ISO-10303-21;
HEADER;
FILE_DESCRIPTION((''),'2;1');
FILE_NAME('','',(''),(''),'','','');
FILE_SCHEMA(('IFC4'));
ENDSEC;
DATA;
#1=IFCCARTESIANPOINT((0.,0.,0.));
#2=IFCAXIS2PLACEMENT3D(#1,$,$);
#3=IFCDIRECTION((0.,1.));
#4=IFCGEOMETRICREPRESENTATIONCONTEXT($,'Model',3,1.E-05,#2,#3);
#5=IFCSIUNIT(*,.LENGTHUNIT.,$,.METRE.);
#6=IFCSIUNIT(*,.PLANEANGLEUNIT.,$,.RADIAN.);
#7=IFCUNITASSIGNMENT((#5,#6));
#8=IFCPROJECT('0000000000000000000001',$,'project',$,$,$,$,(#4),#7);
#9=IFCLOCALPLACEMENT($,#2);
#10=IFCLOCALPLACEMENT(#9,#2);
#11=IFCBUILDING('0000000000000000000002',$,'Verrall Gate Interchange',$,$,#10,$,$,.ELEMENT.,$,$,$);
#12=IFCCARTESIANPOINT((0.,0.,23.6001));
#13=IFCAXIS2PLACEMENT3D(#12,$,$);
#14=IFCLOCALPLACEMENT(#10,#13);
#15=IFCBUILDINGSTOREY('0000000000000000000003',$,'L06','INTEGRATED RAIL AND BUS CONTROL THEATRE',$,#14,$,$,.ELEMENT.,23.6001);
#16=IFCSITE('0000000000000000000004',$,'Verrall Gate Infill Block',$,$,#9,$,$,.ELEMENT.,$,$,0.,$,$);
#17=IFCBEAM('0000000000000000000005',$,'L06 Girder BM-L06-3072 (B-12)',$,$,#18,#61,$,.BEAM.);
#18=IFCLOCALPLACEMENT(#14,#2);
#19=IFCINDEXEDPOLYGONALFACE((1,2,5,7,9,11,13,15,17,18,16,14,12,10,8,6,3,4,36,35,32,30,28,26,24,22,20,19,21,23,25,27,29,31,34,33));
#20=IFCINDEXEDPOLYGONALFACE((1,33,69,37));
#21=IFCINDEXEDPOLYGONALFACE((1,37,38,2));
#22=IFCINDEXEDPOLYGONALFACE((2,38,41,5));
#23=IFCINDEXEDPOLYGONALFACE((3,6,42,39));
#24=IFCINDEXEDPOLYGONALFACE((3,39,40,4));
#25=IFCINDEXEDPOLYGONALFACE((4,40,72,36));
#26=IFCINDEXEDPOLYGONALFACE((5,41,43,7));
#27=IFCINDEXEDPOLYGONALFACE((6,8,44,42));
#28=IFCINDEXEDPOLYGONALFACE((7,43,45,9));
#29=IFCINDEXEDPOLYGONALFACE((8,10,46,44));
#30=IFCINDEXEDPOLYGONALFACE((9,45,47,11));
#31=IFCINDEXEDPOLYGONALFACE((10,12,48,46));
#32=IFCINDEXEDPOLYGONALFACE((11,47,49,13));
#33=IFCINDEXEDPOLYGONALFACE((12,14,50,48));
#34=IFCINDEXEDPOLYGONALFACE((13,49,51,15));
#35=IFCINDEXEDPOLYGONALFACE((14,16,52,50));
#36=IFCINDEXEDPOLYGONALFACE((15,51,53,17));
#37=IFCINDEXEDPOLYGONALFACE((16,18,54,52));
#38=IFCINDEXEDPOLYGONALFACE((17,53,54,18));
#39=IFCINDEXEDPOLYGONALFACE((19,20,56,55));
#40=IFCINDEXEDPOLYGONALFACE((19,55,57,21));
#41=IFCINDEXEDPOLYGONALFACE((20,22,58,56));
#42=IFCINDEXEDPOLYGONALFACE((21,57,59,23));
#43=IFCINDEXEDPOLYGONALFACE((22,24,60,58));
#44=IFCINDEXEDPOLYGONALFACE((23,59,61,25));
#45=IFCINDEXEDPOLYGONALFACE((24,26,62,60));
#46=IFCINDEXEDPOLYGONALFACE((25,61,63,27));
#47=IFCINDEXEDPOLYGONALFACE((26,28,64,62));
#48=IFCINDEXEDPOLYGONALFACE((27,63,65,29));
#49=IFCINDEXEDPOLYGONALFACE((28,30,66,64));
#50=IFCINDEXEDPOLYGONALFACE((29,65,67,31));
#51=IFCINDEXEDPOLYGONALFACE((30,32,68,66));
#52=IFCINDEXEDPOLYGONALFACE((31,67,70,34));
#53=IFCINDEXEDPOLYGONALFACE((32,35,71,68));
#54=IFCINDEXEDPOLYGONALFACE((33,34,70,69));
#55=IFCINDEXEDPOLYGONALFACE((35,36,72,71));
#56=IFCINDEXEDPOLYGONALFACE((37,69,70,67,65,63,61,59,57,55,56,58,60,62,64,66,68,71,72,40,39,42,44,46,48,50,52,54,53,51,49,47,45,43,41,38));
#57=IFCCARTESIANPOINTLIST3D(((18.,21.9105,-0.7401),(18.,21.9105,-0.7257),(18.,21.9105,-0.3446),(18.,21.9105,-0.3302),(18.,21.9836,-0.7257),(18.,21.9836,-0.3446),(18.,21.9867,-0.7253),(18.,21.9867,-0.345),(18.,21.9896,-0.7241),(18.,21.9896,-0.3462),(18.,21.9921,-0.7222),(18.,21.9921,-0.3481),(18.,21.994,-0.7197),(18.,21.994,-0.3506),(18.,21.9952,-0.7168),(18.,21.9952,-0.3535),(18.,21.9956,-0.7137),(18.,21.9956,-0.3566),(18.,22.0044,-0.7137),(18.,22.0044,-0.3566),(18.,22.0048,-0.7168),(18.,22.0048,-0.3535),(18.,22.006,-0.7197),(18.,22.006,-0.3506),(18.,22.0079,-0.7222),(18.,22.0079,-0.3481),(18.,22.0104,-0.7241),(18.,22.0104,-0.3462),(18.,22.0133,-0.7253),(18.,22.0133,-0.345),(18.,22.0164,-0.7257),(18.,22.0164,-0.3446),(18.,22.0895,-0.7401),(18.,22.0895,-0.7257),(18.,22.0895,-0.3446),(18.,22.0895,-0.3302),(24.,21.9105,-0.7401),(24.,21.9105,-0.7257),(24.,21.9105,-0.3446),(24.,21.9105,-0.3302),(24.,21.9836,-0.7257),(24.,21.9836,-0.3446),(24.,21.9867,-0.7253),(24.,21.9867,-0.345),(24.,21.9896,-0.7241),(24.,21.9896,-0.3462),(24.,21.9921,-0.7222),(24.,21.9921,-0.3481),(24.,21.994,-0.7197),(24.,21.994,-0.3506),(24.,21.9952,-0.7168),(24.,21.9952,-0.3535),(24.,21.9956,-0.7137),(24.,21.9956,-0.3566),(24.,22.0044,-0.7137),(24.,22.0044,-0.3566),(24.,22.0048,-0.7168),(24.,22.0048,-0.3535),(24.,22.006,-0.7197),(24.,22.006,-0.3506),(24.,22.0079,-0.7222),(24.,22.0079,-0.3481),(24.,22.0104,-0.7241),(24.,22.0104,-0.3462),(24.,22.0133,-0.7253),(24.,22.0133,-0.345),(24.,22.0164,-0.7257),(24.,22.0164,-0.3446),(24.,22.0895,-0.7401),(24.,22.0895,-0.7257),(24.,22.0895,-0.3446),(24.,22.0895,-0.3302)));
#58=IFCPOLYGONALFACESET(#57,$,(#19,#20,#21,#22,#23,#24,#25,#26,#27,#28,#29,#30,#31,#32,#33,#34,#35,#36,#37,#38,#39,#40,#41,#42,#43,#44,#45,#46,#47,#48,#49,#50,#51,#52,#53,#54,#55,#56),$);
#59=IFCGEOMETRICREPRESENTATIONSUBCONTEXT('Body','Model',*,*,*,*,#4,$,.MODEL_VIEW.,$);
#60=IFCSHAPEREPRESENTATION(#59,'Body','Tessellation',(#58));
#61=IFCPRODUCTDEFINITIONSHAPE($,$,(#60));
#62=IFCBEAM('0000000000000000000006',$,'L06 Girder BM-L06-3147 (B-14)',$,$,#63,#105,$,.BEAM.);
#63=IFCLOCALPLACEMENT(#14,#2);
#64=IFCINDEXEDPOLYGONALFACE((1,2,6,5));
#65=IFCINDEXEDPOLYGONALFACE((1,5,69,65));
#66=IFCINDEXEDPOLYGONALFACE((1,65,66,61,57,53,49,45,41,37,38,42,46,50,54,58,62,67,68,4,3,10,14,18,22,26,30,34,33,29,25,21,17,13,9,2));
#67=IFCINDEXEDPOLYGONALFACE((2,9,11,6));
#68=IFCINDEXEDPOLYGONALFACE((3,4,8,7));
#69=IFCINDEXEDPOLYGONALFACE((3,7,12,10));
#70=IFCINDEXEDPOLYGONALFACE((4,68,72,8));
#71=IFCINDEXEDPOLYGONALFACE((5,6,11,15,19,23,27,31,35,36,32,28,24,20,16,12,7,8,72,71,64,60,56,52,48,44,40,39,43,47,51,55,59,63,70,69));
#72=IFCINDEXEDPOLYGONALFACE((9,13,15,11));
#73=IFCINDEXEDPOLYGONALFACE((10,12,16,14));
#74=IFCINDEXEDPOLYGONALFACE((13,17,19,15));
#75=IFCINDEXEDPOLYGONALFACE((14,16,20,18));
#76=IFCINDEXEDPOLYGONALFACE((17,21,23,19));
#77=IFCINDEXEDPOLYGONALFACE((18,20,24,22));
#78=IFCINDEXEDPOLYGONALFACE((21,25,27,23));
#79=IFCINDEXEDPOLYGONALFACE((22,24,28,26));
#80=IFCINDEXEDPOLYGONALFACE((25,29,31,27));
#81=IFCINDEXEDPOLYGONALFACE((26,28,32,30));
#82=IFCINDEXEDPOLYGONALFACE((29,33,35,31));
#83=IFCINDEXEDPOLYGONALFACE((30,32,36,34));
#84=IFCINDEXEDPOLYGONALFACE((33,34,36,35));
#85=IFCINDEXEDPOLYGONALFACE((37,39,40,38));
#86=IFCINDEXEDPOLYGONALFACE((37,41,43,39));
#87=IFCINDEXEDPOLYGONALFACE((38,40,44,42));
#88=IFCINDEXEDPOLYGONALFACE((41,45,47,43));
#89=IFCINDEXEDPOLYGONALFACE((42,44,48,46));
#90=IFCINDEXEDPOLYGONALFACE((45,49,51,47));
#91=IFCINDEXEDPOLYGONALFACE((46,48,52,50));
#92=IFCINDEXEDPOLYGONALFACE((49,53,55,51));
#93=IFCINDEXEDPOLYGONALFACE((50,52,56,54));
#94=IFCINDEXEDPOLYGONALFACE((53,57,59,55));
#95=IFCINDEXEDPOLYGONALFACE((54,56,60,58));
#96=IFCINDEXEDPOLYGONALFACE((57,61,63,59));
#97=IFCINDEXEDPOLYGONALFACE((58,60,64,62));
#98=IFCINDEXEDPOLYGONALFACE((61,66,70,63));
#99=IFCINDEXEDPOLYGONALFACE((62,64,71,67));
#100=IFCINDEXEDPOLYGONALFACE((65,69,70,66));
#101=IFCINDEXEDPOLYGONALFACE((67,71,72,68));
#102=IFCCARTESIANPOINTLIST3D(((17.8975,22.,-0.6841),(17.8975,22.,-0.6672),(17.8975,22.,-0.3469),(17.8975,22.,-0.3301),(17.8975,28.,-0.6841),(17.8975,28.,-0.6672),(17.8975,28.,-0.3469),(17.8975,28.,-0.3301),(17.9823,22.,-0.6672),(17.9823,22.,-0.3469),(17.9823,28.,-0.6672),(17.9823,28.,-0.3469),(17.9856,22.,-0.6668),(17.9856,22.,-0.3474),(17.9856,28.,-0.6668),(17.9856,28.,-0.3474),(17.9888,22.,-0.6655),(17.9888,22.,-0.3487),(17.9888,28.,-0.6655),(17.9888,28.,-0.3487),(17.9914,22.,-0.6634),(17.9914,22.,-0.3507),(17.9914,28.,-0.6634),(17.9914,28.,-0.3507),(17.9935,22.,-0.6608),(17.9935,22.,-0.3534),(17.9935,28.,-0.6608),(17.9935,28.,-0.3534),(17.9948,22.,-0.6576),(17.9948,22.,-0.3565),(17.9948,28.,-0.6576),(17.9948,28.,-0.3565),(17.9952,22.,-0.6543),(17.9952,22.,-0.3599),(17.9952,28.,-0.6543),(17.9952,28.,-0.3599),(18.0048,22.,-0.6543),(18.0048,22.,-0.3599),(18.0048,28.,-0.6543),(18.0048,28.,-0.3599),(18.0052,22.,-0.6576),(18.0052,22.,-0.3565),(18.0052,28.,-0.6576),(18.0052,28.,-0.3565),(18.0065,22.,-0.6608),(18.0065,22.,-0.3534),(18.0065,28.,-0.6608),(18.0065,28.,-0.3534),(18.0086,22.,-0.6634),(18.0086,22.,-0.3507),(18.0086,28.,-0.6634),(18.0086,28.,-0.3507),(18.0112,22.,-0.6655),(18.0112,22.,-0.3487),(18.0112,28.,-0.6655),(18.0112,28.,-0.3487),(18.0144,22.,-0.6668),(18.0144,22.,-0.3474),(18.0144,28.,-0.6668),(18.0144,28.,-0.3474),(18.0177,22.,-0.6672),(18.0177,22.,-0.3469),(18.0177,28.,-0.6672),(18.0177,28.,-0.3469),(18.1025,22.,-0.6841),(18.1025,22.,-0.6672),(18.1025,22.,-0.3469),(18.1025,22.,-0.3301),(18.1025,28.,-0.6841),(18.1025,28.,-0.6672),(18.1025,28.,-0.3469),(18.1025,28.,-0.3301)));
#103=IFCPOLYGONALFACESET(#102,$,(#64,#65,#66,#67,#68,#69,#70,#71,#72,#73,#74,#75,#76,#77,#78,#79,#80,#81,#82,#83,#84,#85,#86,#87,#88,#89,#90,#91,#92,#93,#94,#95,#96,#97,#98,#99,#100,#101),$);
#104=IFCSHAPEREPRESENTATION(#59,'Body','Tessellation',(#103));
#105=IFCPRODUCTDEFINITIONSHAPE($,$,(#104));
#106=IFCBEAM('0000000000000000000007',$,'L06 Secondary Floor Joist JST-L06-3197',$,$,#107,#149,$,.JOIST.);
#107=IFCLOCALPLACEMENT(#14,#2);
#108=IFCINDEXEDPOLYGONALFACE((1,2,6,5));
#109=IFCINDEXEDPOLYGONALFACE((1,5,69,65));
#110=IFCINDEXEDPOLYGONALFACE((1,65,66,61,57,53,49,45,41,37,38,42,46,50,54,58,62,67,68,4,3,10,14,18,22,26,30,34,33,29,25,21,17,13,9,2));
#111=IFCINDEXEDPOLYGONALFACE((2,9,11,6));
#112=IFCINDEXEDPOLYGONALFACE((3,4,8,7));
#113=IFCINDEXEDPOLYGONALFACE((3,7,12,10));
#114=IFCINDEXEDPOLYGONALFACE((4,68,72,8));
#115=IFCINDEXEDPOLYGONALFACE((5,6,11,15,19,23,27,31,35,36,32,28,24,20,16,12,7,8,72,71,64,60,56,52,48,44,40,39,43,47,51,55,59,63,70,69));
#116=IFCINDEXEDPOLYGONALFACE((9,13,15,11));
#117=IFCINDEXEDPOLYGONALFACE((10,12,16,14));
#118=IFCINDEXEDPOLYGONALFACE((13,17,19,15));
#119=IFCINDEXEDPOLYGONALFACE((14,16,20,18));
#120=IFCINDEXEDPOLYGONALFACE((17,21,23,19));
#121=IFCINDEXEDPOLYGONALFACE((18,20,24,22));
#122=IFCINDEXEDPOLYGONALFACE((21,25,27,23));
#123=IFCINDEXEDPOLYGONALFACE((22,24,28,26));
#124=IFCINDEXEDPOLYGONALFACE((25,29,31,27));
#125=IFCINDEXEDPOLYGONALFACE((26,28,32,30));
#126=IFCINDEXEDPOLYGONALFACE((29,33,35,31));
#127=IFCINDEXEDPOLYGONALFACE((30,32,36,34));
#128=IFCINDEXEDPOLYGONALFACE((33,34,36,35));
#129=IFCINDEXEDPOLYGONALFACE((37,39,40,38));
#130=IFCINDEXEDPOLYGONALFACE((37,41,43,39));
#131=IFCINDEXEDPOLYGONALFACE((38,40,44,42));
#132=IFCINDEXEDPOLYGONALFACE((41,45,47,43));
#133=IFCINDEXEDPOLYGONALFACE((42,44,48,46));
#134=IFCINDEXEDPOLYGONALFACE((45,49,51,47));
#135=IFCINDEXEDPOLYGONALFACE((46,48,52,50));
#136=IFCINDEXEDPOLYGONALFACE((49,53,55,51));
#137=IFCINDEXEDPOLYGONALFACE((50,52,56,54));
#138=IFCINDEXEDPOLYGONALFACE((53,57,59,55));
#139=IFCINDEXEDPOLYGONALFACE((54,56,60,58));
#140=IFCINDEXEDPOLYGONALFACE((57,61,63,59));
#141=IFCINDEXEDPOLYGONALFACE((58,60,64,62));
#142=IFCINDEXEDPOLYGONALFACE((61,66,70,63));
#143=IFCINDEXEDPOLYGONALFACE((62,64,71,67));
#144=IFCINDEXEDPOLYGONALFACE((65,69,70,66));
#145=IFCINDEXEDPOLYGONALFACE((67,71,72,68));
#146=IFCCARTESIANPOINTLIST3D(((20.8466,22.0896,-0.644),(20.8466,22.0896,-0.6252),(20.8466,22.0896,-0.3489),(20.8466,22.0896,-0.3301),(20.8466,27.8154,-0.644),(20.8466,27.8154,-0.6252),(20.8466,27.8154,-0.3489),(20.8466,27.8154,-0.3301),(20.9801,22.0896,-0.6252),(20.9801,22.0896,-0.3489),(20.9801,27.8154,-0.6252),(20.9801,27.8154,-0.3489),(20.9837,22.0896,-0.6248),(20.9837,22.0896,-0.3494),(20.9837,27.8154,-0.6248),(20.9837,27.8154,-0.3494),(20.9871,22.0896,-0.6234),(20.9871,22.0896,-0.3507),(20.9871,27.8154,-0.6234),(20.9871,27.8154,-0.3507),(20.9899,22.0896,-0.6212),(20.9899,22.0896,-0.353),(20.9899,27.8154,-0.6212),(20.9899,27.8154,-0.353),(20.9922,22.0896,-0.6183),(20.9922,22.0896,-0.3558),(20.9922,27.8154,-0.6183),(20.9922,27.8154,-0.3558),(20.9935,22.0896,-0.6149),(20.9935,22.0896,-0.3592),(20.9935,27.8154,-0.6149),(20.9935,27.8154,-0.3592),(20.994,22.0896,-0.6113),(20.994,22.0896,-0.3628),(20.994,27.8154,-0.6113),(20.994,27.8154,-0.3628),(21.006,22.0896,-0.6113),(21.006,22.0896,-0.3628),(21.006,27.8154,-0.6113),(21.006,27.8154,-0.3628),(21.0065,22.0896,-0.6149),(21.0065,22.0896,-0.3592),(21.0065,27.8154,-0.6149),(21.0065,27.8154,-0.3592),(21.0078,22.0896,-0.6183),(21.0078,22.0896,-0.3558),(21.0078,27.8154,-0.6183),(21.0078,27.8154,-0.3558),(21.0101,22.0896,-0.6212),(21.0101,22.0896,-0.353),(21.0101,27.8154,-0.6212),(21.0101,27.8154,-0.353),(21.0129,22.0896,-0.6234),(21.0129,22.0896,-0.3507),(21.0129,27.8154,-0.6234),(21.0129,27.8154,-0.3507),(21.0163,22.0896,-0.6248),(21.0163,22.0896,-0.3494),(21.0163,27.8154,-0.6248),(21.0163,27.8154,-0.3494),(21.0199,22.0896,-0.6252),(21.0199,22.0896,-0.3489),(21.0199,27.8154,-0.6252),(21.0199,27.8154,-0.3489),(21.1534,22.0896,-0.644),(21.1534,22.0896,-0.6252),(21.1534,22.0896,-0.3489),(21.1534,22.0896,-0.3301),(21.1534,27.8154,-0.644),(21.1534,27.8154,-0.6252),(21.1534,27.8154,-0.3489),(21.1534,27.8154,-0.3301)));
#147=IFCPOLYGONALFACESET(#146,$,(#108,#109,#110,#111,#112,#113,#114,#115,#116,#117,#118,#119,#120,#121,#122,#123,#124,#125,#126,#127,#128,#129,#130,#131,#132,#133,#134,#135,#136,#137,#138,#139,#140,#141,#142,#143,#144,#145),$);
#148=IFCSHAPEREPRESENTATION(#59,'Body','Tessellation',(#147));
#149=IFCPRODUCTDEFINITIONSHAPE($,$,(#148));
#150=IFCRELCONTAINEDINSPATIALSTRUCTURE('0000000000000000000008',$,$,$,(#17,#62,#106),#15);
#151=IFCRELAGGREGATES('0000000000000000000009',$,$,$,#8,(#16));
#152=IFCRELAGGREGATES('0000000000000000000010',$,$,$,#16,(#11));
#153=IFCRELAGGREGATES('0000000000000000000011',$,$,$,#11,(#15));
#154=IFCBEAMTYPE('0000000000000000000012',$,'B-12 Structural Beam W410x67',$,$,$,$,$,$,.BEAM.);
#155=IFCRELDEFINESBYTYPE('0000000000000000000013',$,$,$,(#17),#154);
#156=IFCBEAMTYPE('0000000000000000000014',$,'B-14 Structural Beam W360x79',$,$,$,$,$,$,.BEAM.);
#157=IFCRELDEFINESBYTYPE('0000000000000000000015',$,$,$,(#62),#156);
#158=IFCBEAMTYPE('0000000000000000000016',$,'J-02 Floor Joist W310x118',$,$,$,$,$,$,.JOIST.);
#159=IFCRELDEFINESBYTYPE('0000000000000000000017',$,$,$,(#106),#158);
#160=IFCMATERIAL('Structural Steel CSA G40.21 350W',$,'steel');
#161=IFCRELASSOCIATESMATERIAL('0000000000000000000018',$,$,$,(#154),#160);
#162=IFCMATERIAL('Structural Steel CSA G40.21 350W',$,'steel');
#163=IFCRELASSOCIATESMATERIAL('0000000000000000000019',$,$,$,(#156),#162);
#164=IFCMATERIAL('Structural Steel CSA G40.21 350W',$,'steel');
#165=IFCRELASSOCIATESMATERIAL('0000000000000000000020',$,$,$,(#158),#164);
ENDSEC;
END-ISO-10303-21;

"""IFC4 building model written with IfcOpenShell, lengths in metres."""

from ifc_helpers import new_model, si_unit, direction, frame, origin, origin_2d, place, context, subcontext, project, spatial, i_section, extrude, material, material_profile, profile_set, type_object, element, save


model = new_model("IFC4")

# Units and contexts
model_context = context("Model", 3, precision=1e-05, world=origin(), true_north=direction((0.0, 1.0)))
body_context = subcontext(model_context, "Body", "Model", "MODEL_VIEW")
ifc_project = project(units=[si_unit("LENGTHUNIT", "METRE"), si_unit("PLANEANGLEUNIT", "RADIAN")], contexts=[model_context])

# Site, building, storey
site_placement = place(None, origin())
site = spatial("IfcSite", under=ifc_project, at=site_placement, Name="Verrall Gate Infill Block", CompositionType="ELEMENT", RefElevation=0.0)
building_placement = place(site_placement, origin())
building = spatial("IfcBuilding", under=site, at=building_placement, Name="Verrall Gate Interchange", CompositionType="ELEMENT")
storey_placement = place(building_placement, frame((0.0, 0.0, 23.6001)))
storey = spatial("IfcBuildingStorey", under=building, at=storey_placement, Name="L06", Description="INTEGRATED RAIL AND BUS CONTROL THEATRE", CompositionType="ELEMENT", Elevation=23.6001)

# Beams
ifc_material_1 = material(Name="Structural Steel CSA G40.21 350W", Category="steel")
ifc_material_profile_1 = material_profile(ifc_material_1, i_section(OverallWidth=0.179, OverallDepth=0.4099, WebThickness=0.0088, FlangeThickness=0.0144, FilletRadius=0.012, at=origin_2d()), Name="W410x67")
ifc_profile_set_1 = profile_set([ifc_material_profile_1], Name="Structural Steel CSA G40.21 350W")
beam_type_1 = type_object("IfcBeamType", Name="B-12 Structural Beam W410x67", PredefinedType="BEAM", material=ifc_profile_set_1)
beam_1_placement = place(storey_placement, frame((18.0, 22.0, -0.5352), z_axis=(1.0, 0.0, 0.0), x_axis=(0.0, 1.0, 0.0)))
element("IfcBeam", 1, at=beam_1_placement, inside=storey, type_object=beam_type_1, Name="L06 Girder BM-L06-3072 (B-12)", PredefinedType="BEAM", context=body_context, shape_type="SweptSolid", body=[
    extrude(i_section(OverallWidth=0.179, OverallDepth=0.4099, WebThickness=0.0088, FlangeThickness=0.0144, FilletRadius=0.012, at=origin_2d()), origin(), (0.0, 0.0, 1.0), 6.0),
])
ifc_material_2 = material(Name="Structural Steel CSA G40.21 350W", Category="steel")
ifc_material_profile_2 = material_profile(ifc_material_2, i_section(OverallWidth=0.2051, OverallDepth=0.354, WebThickness=0.0095, FlangeThickness=0.0168, FilletRadius=0.0129, at=origin_2d()), Name="W360x79")
ifc_profile_set_2 = profile_set([ifc_material_profile_2], Name="Structural Steel CSA G40.21 350W")
beam_type_2 = type_object("IfcBeamType", Name="B-14 Structural Beam W360x79", PredefinedType="BEAM", material=ifc_profile_set_2)
beam_2_placement = place(storey_placement, frame((18.0, 22.0, -0.5071), z_axis=(0.0, 1.0, 0.0), x_axis=(-1.0, 0.0, 0.0)))
element("IfcBeam", 2, at=beam_2_placement, inside=storey, type_object=beam_type_2, Name="L06 Girder BM-L06-3147 (B-14)", PredefinedType="BEAM", context=body_context, shape_type="SweptSolid", body=[
    extrude(i_section(OverallWidth=0.2051, OverallDepth=0.354, WebThickness=0.0095, FlangeThickness=0.0168, FilletRadius=0.0129, at=origin_2d()), origin(), (0.0, 0.0, 1.0), 6.0),
])
ifc_material_3 = material(Name="Structural Steel CSA G40.21 350W", Category="steel")
ifc_material_profile_3 = material_profile(ifc_material_3, i_section(OverallWidth=0.3069, OverallDepth=0.314, WebThickness=0.012, FlangeThickness=0.0188, FilletRadius=0.0139, at=origin_2d()), Name="W310x118")
ifc_profile_set_3 = profile_set([ifc_material_profile_3], Name="Structural Steel CSA G40.21 350W")
beam_type_3 = type_object("IfcBeamType", Name="J-02 Floor Joist W310x118", PredefinedType="JOIST", material=ifc_profile_set_3)
beam_3_placement = place(storey_placement, frame((21.0, 22.0896, -0.4871), z_axis=(0.0, 1.0, 0.0), x_axis=(-1.0, 0.0, 0.0)))
element("IfcBeam", 3, at=beam_3_placement, inside=storey, type_object=beam_type_3, Name="L06 Secondary Floor Joist JST-L06-3197", PredefinedType="JOIST", context=body_context, shape_type="SweptSolid", body=[
    extrude(i_section(OverallWidth=0.3069, OverallDepth=0.314, WebThickness=0.012, FlangeThickness=0.0188, FilletRadius=0.0139, at=origin_2d()), origin(), (0.0, 0.0, 1.0), 5.7258),
])

save(model, "model.ifc")
